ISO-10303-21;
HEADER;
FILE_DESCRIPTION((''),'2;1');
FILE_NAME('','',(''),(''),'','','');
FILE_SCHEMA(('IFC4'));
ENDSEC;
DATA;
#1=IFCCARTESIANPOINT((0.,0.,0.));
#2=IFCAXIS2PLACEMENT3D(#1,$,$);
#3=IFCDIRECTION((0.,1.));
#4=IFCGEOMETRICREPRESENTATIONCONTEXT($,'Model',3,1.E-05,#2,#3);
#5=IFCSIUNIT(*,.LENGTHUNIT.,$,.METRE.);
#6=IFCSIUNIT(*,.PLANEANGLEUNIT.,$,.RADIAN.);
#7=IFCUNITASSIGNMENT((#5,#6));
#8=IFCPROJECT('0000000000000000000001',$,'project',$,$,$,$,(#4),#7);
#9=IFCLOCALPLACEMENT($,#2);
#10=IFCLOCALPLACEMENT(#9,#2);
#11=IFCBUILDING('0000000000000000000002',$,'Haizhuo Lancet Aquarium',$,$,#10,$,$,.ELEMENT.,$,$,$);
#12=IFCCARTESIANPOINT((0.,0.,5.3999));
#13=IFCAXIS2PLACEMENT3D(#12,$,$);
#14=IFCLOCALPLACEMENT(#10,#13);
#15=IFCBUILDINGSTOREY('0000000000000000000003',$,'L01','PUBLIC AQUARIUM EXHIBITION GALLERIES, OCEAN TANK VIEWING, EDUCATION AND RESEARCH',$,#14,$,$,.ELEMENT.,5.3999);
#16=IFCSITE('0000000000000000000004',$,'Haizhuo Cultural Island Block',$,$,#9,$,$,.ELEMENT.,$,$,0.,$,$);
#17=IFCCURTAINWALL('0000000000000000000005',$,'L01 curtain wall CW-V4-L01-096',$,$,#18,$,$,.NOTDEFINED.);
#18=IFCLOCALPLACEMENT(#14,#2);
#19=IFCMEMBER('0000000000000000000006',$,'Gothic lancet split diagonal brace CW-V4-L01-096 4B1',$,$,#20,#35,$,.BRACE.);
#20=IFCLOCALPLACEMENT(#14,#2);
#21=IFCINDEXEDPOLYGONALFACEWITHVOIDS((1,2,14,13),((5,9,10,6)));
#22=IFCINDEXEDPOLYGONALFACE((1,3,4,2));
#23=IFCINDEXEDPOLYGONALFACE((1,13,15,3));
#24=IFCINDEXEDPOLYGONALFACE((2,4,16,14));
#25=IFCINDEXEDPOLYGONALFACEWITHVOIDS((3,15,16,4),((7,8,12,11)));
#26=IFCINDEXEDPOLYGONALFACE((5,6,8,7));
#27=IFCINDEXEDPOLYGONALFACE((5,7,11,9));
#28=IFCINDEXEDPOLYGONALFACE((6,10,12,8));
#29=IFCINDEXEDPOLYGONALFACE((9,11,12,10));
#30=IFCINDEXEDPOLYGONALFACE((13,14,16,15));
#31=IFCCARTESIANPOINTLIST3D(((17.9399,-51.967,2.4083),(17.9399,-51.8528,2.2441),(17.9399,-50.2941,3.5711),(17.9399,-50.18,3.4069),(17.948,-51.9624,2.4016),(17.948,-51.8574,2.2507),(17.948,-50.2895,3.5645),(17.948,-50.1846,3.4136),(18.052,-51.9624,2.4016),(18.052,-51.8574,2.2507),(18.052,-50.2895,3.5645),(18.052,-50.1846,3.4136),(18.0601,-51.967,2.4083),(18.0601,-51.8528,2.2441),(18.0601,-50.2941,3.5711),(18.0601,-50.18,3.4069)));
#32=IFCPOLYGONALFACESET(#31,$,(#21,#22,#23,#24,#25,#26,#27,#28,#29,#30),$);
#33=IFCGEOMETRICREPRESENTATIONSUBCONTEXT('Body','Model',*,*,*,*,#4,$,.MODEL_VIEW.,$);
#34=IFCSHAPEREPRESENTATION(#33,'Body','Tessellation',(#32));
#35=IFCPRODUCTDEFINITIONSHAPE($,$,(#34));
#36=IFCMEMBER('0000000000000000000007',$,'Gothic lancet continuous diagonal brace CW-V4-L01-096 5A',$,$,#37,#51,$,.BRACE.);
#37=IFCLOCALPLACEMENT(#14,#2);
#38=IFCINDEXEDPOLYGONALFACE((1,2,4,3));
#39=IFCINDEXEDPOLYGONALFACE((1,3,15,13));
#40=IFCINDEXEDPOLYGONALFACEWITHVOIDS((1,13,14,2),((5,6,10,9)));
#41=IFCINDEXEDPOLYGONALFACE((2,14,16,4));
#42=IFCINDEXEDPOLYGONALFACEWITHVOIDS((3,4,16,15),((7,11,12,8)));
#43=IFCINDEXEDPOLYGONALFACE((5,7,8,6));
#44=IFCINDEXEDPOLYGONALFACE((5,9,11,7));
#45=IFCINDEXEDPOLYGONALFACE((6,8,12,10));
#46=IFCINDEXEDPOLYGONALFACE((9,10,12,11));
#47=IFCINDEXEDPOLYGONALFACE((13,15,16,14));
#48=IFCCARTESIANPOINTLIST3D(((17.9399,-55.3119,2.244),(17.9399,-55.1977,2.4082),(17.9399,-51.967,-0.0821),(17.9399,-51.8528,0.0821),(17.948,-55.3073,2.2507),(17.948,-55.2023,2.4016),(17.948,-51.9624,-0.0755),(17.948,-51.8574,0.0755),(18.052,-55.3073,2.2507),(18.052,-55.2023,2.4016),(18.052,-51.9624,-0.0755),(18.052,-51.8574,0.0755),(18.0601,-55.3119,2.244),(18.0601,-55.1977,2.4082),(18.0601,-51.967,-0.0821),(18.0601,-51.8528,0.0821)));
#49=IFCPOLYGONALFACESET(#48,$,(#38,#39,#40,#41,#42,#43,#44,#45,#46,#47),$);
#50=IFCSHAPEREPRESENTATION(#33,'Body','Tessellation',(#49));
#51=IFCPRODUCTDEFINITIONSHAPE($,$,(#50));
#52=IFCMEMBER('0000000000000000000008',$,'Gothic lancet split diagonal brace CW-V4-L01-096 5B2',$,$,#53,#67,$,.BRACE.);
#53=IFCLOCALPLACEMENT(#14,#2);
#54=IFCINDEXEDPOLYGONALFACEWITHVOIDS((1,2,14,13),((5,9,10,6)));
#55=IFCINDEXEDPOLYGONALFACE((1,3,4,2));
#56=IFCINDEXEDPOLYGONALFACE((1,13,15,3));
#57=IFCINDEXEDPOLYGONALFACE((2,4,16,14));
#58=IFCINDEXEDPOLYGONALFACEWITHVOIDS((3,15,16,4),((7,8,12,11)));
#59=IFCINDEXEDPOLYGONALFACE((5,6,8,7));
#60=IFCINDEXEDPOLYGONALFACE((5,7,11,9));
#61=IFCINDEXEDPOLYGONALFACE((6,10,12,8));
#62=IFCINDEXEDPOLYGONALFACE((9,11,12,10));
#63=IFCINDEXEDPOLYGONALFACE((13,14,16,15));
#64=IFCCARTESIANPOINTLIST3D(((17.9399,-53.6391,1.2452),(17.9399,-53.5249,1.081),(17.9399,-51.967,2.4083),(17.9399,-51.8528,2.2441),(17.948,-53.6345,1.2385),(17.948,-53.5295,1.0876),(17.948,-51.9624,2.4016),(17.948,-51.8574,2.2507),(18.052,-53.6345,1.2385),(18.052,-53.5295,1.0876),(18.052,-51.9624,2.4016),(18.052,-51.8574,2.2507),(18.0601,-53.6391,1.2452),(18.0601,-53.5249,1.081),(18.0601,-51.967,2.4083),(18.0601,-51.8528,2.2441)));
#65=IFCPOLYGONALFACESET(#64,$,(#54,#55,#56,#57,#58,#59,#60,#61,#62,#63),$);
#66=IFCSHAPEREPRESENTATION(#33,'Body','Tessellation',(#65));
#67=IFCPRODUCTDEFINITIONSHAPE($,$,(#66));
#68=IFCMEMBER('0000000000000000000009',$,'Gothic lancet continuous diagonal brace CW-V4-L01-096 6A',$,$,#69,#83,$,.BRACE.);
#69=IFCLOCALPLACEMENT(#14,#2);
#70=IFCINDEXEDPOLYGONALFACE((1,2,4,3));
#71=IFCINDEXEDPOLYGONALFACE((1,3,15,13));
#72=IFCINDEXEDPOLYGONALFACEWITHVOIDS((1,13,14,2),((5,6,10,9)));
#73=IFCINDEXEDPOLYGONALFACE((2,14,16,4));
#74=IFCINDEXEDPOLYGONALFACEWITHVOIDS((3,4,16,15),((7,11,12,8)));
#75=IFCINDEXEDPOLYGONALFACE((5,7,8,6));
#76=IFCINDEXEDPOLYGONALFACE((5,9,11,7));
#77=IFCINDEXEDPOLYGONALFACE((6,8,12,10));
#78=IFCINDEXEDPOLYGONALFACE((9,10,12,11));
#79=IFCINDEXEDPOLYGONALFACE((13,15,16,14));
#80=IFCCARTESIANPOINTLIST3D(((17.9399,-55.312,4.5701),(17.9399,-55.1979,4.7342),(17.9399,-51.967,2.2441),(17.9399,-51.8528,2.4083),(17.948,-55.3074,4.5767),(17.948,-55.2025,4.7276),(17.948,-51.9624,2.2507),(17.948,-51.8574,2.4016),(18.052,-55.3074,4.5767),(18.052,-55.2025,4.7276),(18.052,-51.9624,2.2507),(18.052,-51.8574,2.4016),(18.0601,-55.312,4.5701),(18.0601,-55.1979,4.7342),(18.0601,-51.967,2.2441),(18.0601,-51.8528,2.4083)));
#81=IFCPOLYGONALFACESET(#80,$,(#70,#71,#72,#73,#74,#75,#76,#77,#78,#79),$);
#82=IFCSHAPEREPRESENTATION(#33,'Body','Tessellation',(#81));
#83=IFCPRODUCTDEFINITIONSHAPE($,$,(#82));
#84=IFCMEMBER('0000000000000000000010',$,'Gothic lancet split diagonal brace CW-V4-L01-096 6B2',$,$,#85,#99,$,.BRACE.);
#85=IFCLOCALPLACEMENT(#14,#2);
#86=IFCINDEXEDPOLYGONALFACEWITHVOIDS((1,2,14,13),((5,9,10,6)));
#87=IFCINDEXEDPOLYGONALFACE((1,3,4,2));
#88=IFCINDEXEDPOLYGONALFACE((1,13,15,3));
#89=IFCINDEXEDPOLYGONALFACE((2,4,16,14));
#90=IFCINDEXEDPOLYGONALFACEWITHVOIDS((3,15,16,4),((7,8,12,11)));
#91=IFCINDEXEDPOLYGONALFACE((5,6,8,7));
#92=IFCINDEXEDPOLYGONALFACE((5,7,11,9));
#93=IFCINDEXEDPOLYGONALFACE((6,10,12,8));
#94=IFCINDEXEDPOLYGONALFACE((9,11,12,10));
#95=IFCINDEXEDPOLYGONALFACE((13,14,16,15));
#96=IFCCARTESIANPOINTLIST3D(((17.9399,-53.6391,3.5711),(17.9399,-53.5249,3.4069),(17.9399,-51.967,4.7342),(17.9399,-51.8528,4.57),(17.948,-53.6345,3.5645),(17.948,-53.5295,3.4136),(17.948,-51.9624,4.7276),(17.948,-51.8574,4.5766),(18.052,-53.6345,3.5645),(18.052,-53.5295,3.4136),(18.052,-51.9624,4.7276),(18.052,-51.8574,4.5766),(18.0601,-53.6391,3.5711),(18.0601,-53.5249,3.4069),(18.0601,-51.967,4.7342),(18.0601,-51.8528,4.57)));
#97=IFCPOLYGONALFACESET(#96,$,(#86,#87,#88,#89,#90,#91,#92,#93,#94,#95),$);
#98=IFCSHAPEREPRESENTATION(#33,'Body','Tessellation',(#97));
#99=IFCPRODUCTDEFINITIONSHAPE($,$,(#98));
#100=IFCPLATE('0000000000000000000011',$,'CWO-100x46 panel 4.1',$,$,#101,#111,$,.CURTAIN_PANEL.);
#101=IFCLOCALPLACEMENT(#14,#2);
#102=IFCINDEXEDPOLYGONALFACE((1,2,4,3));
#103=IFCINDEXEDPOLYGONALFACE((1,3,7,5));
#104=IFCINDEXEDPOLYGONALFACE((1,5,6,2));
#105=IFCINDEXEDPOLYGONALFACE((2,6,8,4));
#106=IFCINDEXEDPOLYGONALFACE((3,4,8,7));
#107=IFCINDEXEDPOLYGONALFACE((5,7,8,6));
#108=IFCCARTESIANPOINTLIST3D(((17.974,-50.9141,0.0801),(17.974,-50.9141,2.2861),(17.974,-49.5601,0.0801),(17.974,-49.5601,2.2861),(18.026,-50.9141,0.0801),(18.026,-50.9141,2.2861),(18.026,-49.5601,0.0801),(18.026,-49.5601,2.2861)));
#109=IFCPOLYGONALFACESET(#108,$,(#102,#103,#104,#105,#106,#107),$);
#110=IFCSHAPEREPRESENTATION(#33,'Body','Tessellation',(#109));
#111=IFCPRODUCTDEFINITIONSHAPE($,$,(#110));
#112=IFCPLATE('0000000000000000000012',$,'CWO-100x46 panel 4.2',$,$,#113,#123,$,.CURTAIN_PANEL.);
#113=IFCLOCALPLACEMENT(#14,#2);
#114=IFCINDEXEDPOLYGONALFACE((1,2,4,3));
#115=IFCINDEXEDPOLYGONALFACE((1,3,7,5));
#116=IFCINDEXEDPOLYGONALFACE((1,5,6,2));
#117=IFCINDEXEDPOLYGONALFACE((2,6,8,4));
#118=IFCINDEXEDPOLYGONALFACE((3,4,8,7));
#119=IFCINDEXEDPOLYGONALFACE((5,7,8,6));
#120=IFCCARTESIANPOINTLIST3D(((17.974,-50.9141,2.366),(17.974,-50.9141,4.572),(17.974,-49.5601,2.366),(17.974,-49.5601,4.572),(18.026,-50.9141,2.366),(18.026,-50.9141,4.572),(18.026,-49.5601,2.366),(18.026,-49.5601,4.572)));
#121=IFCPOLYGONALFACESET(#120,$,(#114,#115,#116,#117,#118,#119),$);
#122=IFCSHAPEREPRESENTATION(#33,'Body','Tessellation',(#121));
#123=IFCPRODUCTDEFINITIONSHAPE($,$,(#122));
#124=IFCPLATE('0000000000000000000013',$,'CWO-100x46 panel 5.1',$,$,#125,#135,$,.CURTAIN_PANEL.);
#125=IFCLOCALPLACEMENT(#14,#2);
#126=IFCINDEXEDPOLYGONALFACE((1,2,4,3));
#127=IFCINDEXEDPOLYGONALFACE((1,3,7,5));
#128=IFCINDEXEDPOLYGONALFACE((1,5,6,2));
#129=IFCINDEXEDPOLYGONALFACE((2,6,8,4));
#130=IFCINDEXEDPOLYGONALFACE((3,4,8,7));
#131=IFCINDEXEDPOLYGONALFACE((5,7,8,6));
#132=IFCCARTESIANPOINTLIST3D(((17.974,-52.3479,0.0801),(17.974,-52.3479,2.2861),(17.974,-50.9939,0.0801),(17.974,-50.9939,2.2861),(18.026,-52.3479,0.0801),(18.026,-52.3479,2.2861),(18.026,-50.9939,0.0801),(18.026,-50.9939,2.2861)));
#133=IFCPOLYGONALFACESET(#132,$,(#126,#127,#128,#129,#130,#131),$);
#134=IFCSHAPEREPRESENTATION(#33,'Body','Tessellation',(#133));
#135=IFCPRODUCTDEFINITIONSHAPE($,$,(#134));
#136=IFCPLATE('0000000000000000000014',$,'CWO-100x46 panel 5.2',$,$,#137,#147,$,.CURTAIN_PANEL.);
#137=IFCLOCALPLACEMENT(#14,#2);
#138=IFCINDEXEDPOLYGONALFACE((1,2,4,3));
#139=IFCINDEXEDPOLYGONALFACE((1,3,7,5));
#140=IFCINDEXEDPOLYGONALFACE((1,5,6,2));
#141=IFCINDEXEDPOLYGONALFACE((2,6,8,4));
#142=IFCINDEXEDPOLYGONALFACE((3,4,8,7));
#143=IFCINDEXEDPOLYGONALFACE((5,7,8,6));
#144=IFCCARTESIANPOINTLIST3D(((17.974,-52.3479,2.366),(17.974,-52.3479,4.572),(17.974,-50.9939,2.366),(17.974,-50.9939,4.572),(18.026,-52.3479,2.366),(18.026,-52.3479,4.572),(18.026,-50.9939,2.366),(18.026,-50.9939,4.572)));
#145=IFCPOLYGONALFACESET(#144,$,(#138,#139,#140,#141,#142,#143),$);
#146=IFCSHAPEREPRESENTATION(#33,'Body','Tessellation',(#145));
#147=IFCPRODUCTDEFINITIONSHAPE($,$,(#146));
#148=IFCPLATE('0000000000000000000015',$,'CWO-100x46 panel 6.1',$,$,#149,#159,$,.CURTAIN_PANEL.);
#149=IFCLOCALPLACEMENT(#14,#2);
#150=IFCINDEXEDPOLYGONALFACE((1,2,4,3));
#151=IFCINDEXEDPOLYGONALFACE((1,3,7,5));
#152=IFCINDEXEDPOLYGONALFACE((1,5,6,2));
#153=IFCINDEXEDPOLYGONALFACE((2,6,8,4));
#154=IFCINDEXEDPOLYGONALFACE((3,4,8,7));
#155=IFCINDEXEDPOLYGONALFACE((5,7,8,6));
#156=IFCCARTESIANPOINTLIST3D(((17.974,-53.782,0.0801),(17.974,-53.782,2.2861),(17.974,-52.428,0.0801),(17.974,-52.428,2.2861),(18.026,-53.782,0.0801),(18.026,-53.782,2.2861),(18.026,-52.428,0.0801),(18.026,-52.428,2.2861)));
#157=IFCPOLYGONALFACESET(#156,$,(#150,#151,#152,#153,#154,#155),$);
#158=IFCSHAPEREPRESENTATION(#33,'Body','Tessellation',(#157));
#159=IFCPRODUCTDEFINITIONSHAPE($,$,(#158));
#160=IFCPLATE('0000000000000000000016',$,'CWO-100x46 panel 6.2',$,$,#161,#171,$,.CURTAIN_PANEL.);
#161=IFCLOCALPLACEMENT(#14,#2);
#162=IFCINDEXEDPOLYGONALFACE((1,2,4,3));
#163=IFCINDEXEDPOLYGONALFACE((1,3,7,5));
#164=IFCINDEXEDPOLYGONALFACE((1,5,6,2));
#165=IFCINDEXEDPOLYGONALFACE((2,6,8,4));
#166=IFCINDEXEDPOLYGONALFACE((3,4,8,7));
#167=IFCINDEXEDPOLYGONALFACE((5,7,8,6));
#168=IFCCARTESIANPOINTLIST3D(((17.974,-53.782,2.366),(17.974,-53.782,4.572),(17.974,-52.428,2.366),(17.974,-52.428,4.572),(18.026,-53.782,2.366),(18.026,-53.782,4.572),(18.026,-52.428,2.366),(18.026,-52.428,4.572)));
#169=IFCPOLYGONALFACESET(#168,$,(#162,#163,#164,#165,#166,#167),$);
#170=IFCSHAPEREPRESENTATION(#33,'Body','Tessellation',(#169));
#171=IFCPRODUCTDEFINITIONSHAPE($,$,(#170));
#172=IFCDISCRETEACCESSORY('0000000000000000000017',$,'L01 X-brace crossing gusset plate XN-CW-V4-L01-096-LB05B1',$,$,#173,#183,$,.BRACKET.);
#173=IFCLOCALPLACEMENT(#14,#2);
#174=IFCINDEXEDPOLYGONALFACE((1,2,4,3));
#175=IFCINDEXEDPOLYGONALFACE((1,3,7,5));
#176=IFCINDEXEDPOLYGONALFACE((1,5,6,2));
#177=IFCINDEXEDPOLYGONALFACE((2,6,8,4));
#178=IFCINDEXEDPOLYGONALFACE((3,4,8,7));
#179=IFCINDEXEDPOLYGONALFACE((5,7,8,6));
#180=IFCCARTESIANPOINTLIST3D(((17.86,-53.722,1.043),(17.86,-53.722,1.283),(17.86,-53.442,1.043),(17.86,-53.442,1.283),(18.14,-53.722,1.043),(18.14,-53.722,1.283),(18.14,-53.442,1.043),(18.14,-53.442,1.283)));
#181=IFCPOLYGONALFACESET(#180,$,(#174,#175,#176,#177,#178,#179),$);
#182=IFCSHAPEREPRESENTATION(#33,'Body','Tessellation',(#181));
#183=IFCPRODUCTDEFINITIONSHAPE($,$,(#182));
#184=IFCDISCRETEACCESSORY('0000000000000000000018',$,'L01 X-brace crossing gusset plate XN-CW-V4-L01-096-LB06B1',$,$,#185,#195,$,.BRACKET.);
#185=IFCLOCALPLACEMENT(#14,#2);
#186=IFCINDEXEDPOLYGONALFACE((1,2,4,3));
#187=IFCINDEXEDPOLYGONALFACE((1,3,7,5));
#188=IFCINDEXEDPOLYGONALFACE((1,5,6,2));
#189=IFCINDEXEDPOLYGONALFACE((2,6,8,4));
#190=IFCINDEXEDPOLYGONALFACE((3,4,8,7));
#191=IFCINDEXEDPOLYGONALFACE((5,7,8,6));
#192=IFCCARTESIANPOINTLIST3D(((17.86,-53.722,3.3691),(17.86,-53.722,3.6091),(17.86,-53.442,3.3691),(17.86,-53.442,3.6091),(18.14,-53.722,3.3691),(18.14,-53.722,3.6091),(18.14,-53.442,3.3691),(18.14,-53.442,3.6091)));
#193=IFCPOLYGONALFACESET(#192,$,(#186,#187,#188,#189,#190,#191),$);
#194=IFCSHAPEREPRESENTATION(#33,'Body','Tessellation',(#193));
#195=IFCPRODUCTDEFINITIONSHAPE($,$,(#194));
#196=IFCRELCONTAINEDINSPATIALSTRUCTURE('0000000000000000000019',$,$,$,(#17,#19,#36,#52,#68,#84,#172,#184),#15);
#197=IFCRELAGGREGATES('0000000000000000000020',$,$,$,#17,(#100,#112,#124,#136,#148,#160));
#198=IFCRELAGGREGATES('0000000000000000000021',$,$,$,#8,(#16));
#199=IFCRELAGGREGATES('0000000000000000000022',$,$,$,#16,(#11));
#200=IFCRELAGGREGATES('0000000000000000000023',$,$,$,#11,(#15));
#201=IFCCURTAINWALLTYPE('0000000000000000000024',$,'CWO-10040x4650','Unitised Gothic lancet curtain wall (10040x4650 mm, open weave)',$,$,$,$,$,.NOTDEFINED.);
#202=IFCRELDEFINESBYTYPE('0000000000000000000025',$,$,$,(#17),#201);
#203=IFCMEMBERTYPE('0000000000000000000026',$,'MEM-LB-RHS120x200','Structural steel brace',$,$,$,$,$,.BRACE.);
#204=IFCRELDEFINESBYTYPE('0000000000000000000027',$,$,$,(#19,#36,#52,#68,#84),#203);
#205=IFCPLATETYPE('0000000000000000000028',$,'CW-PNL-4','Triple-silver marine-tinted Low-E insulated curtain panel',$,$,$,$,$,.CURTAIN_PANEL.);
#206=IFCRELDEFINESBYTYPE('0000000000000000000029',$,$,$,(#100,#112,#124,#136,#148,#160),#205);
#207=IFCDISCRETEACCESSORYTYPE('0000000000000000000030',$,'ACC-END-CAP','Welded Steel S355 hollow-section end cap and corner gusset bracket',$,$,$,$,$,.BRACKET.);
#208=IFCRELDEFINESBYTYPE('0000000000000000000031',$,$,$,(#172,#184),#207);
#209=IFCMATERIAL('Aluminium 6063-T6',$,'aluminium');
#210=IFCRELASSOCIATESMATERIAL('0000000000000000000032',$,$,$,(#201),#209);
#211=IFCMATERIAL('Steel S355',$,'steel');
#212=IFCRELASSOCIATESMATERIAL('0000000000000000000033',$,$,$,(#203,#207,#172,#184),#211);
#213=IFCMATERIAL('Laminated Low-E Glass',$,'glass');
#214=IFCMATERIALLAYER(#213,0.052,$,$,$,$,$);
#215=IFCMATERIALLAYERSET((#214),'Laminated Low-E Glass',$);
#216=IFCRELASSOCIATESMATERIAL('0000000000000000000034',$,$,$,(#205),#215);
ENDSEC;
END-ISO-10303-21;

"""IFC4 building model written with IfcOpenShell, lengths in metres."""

from ifc_helpers import new_model, si_unit, direction, frame, origin, origin_2d, place, context, subcontext, project, spatial, rectangle, hollow_rectangle, extrude, material, layer, layer_set, material_profile, profile_set, type_object, element, aggregate, save


model = new_model("IFC4")

# Units and contexts
model_context = context("Model", 3, precision=1e-05, world=origin(), true_north=direction((0.0, 1.0)))
body_context = subcontext(model_context, "Body", "Model", "MODEL_VIEW")
ifc_project = project(units=[si_unit("LENGTHUNIT", "METRE"), si_unit("PLANEANGLEUNIT", "RADIAN")], contexts=[model_context])

# Site, building, storey
site_placement = place(None, origin())
site = spatial("IfcSite", under=ifc_project, at=site_placement, Name="Haizhuo Cultural Island Block", CompositionType="ELEMENT", RefElevation=0.0)
building_placement = place(site_placement, origin())
building = spatial("IfcBuilding", under=site, at=building_placement, Name="Haizhuo Lancet Aquarium", CompositionType="ELEMENT")
storey_placement = place(building_placement, frame((0.0, 0.0, 5.3999)))
storey = spatial("IfcBuildingStorey", under=building, at=storey_placement, Name="L01", Description="PUBLIC AQUARIUM EXHIBITION GALLERIES, OCEAN TANK VIEWING, EDUCATION AND RESEARCH", CompositionType="ELEMENT", Elevation=5.3999)

# Curtain wall
ifc_material_1 = material(Name="Aluminium 6063-T6", Category="aluminium")
curtain_wall_type = type_object("IfcCurtainWallType", Name="CWO-10040x4650", Description="Unitised Gothic lancet curtain wall (10040x4650 mm, open weave)", PredefinedType="NOTDEFINED", material=ifc_material_1)
curtain_wall_placement = place(storey_placement, origin())
curtain_wall = element("IfcCurtainWall", 1, at=curtain_wall_placement, inside=storey, type_object=curtain_wall_type, Name="L01 curtain wall CW-V4-L01-096", PredefinedType="NOTDEFINED")

# Members
ifc_material_2 = material(Name="Steel S355", Category="steel")
ifc_material_profile_1 = material_profile(ifc_material_2, hollow_rectangle(XDim=0.1201, YDim=0.2, WallThickness=0.0081, at=origin_2d()), Name="RHS 120x200x8")
ifc_profile_set_1 = profile_set([ifc_material_profile_1], Name="Steel S355")
member_type_1 = type_object("IfcMemberType", Name="MEM-LB-RHS120x200", Description="Structural steel brace", PredefinedType="BRACE", material=ifc_profile_set_1)
member_1_placement = place(storey_placement, frame((18.0, -51.9099, 2.3262), z_axis=(0.0, 0.821108, 0.570773), x_axis=(-1.0, 0.0, 0.0)))
element("IfcMember", 2, at=member_1_placement, inside=storey, type_object=member_type_1, Name="Gothic lancet split diagonal brace CW-V4-L01-096 4B1", PredefinedType="BRACE", context=body_context, shape_type="SweptSolid", body=[
    extrude(hollow_rectangle(XDim=0.1201, YDim=0.2, WallThickness=0.0081, at=origin_2d()), origin(), (0.0, 0.0, 1.0), 2.0374),
])
member_2_placement = place(storey_placement, frame((18.0, -51.9099, 0.0), z_axis=(0.0, -0.820993, 0.570938), x_axis=(1.0, 0.0, 0.0)))
element("IfcMember", 3, at=member_2_placement, inside=storey, type_object=member_type_1, Name="Gothic lancet continuous diagonal brace CW-V4-L01-096 5A", PredefinedType="BRACE", context=body_context, shape_type="SweptSolid", body=[
    extrude(hollow_rectangle(XDim=0.1201, YDim=0.2, WallThickness=0.0081, at=origin_2d()), origin(), (0.0, 0.0, 1.0), 4.0742),
])
member_3_placement = place(storey_placement, frame((18.0, -53.582, 1.1631), z_axis=(0.0, 0.820935, 0.571022), x_axis=(-1.0, 0.0, 0.0)))
element("IfcMember", 4, at=member_3_placement, inside=storey, type_object=member_type_1, Name="Gothic lancet split diagonal brace CW-V4-L01-096 5B2", PredefinedType="BRACE", context=body_context, shape_type="SweptSolid", body=[
    extrude(hollow_rectangle(XDim=0.1201, YDim=0.2, WallThickness=0.0081, at=origin_2d()), origin(), (0.0, 0.0, 1.0), 2.0369),
])
member_4_placement = place(storey_placement, frame((18.0, -51.9099, 2.3262), z_axis=(0.0, -0.821021, 0.570898), x_axis=(1.0, 0.0, 0.0)))
element("IfcMember", 5, at=member_4_placement, inside=storey, type_object=member_type_1, Name="Gothic lancet continuous diagonal brace CW-V4-L01-096 6A", PredefinedType="BRACE", context=body_context, shape_type="SweptSolid", body=[
    extrude(hollow_rectangle(XDim=0.1201, YDim=0.2, WallThickness=0.0081, at=origin_2d()), origin(), (0.0, 0.0, 1.0), 4.0742),
])
member_5_placement = place(storey_placement, frame((18.0, -53.582, 3.489), z_axis=(0.0, 0.820935, 0.571022), x_axis=(-1.0, 0.0, 0.0)))
element("IfcMember", 6, at=member_5_placement, inside=storey, type_object=member_type_1, Name="Gothic lancet split diagonal brace CW-V4-L01-096 6B2", PredefinedType="BRACE", context=body_context, shape_type="SweptSolid", body=[
    extrude(hollow_rectangle(XDim=0.1201, YDim=0.2, WallThickness=0.0081, at=origin_2d()), origin(), (0.0, 0.0, 1.0), 2.0369),
])

# Plates
ifc_material_3 = material(Name="Laminated Low-E Glass", Category="glass")
ifc_layer = layer(ifc_material_3, 0.052)
ifc_layer_set = layer_set([ifc_layer], Name="Laminated Low-E Glass")
plate_type = type_object("IfcPlateType", Name="CW-PNL-4", Description="Triple-silver marine-tinted Low-E insulated curtain panel", PredefinedType="CURTAIN_PANEL", material=ifc_layer_set)
plate_1_placement = place(storey_placement, frame((18.0, -50.2371, 0.0801), z_axis=(0.0, 0.0, 1.0), x_axis=(0.0, -1.0, 0.0)))
plate_1 = element("IfcPlate", 7, at=plate_1_placement, type_object=plate_type, Name="CWO-100x46 panel 4.1", PredefinedType="CURTAIN_PANEL", context=body_context, shape_type="SweptSolid", body=[
    extrude(rectangle(XDim=1.354, YDim=0.052, at=origin_2d()), origin(), (0.0, 0.0, 1.0), 2.2061),
])
plate_2_placement = place(storey_placement, frame((18.0, -50.2371, 2.366), z_axis=(0.0, 0.0, 1.0), x_axis=(0.0, -1.0, 0.0)))
plate_2 = element("IfcPlate", 8, at=plate_2_placement, type_object=plate_type, Name="CWO-100x46 panel 4.2", PredefinedType="CURTAIN_PANEL", context=body_context, shape_type="SweptSolid", body=[
    extrude(rectangle(XDim=1.354, YDim=0.052, at=origin_2d()), origin(), (0.0, 0.0, 1.0), 2.2061),
])
plate_3_placement = place(storey_placement, frame((18.0, -51.6709, 0.0801), z_axis=(0.0, 0.0, 1.0), x_axis=(0.0, -1.0, 0.0)))
plate_3 = element("IfcPlate", 9, at=plate_3_placement, type_object=plate_type, Name="CWO-100x46 panel 5.1", PredefinedType="CURTAIN_PANEL", context=body_context, shape_type="SweptSolid", body=[
    extrude(rectangle(XDim=1.354, YDim=0.052, at=origin_2d()), origin(), (0.0, 0.0, 1.0), 2.2061),
])
plate_4_placement = place(storey_placement, frame((18.0, -51.6709, 2.366), z_axis=(0.0, 0.0, 1.0), x_axis=(0.0, -1.0, 0.0)))
plate_4 = element("IfcPlate", 10, at=plate_4_placement, type_object=plate_type, Name="CWO-100x46 panel 5.2", PredefinedType="CURTAIN_PANEL", context=body_context, shape_type="SweptSolid", body=[
    extrude(rectangle(XDim=1.354, YDim=0.052, at=origin_2d()), origin(), (0.0, 0.0, 1.0), 2.2061),
])
plate_5_placement = place(storey_placement, frame((18.0, -53.105, 0.0801), z_axis=(0.0, 0.0, 1.0), x_axis=(0.0, -1.0, 0.0)))
plate_5 = element("IfcPlate", 11, at=plate_5_placement, type_object=plate_type, Name="CWO-100x46 panel 6.1", PredefinedType="CURTAIN_PANEL", context=body_context, shape_type="SweptSolid", body=[
    extrude(rectangle(XDim=1.354, YDim=0.052, at=origin_2d()), origin(), (0.0, 0.0, 1.0), 2.2061),
])
plate_6_placement = place(storey_placement, frame((18.0, -53.105, 2.366), z_axis=(0.0, 0.0, 1.0), x_axis=(0.0, -1.0, 0.0)))
plate_6 = element("IfcPlate", 12, at=plate_6_placement, type_object=plate_type, Name="CWO-100x46 panel 6.2", PredefinedType="CURTAIN_PANEL", context=body_context, shape_type="SweptSolid", body=[
    extrude(rectangle(XDim=1.354, YDim=0.052, at=origin_2d()), origin(), (0.0, 0.0, 1.0), 2.2061),
])
aggregate(curtain_wall, [plate_1, plate_2, plate_3, plate_4, plate_5, plate_6])

# Discrete accessories
discrete_accessory_type = type_object("IfcDiscreteAccessoryType", Name="ACC-END-CAP", Description="Welded Steel S355 hollow-section end cap and corner gusset bracket", PredefinedType="BRACKET", material=ifc_material_2)
for number, where, z_axis, x_axis, name in (
    (13, (18.0, -53.582, 1.043), (0.0, 0.0, 1.0), (1.0, 0.0, 0.0), "L01 X-brace crossing gusset plate XN-CW-V4-L01-096-LB05B1"),
    (14, (18.0, -53.582, 3.3691), (0.0, 0.0, 1.0), (1.0, 0.0, 0.0), "L01 X-brace crossing gusset plate XN-CW-V4-L01-096-LB06B1"),
):
    element("IfcDiscreteAccessory", number, at=place(storey_placement, frame(where, z_axis=z_axis, x_axis=x_axis)), inside=storey, type_object=discrete_accessory_type, material=ifc_material_2, Name=name, PredefinedType="BRACKET", context=body_context, shape_type="SweptSolid", body=[
        extrude(rectangle(XDim=0.28, YDim=0.28, at=origin_2d()), origin(), (0.0, 0.0, 1.0), 0.24),
    ])

save(model, "model.ifc")
